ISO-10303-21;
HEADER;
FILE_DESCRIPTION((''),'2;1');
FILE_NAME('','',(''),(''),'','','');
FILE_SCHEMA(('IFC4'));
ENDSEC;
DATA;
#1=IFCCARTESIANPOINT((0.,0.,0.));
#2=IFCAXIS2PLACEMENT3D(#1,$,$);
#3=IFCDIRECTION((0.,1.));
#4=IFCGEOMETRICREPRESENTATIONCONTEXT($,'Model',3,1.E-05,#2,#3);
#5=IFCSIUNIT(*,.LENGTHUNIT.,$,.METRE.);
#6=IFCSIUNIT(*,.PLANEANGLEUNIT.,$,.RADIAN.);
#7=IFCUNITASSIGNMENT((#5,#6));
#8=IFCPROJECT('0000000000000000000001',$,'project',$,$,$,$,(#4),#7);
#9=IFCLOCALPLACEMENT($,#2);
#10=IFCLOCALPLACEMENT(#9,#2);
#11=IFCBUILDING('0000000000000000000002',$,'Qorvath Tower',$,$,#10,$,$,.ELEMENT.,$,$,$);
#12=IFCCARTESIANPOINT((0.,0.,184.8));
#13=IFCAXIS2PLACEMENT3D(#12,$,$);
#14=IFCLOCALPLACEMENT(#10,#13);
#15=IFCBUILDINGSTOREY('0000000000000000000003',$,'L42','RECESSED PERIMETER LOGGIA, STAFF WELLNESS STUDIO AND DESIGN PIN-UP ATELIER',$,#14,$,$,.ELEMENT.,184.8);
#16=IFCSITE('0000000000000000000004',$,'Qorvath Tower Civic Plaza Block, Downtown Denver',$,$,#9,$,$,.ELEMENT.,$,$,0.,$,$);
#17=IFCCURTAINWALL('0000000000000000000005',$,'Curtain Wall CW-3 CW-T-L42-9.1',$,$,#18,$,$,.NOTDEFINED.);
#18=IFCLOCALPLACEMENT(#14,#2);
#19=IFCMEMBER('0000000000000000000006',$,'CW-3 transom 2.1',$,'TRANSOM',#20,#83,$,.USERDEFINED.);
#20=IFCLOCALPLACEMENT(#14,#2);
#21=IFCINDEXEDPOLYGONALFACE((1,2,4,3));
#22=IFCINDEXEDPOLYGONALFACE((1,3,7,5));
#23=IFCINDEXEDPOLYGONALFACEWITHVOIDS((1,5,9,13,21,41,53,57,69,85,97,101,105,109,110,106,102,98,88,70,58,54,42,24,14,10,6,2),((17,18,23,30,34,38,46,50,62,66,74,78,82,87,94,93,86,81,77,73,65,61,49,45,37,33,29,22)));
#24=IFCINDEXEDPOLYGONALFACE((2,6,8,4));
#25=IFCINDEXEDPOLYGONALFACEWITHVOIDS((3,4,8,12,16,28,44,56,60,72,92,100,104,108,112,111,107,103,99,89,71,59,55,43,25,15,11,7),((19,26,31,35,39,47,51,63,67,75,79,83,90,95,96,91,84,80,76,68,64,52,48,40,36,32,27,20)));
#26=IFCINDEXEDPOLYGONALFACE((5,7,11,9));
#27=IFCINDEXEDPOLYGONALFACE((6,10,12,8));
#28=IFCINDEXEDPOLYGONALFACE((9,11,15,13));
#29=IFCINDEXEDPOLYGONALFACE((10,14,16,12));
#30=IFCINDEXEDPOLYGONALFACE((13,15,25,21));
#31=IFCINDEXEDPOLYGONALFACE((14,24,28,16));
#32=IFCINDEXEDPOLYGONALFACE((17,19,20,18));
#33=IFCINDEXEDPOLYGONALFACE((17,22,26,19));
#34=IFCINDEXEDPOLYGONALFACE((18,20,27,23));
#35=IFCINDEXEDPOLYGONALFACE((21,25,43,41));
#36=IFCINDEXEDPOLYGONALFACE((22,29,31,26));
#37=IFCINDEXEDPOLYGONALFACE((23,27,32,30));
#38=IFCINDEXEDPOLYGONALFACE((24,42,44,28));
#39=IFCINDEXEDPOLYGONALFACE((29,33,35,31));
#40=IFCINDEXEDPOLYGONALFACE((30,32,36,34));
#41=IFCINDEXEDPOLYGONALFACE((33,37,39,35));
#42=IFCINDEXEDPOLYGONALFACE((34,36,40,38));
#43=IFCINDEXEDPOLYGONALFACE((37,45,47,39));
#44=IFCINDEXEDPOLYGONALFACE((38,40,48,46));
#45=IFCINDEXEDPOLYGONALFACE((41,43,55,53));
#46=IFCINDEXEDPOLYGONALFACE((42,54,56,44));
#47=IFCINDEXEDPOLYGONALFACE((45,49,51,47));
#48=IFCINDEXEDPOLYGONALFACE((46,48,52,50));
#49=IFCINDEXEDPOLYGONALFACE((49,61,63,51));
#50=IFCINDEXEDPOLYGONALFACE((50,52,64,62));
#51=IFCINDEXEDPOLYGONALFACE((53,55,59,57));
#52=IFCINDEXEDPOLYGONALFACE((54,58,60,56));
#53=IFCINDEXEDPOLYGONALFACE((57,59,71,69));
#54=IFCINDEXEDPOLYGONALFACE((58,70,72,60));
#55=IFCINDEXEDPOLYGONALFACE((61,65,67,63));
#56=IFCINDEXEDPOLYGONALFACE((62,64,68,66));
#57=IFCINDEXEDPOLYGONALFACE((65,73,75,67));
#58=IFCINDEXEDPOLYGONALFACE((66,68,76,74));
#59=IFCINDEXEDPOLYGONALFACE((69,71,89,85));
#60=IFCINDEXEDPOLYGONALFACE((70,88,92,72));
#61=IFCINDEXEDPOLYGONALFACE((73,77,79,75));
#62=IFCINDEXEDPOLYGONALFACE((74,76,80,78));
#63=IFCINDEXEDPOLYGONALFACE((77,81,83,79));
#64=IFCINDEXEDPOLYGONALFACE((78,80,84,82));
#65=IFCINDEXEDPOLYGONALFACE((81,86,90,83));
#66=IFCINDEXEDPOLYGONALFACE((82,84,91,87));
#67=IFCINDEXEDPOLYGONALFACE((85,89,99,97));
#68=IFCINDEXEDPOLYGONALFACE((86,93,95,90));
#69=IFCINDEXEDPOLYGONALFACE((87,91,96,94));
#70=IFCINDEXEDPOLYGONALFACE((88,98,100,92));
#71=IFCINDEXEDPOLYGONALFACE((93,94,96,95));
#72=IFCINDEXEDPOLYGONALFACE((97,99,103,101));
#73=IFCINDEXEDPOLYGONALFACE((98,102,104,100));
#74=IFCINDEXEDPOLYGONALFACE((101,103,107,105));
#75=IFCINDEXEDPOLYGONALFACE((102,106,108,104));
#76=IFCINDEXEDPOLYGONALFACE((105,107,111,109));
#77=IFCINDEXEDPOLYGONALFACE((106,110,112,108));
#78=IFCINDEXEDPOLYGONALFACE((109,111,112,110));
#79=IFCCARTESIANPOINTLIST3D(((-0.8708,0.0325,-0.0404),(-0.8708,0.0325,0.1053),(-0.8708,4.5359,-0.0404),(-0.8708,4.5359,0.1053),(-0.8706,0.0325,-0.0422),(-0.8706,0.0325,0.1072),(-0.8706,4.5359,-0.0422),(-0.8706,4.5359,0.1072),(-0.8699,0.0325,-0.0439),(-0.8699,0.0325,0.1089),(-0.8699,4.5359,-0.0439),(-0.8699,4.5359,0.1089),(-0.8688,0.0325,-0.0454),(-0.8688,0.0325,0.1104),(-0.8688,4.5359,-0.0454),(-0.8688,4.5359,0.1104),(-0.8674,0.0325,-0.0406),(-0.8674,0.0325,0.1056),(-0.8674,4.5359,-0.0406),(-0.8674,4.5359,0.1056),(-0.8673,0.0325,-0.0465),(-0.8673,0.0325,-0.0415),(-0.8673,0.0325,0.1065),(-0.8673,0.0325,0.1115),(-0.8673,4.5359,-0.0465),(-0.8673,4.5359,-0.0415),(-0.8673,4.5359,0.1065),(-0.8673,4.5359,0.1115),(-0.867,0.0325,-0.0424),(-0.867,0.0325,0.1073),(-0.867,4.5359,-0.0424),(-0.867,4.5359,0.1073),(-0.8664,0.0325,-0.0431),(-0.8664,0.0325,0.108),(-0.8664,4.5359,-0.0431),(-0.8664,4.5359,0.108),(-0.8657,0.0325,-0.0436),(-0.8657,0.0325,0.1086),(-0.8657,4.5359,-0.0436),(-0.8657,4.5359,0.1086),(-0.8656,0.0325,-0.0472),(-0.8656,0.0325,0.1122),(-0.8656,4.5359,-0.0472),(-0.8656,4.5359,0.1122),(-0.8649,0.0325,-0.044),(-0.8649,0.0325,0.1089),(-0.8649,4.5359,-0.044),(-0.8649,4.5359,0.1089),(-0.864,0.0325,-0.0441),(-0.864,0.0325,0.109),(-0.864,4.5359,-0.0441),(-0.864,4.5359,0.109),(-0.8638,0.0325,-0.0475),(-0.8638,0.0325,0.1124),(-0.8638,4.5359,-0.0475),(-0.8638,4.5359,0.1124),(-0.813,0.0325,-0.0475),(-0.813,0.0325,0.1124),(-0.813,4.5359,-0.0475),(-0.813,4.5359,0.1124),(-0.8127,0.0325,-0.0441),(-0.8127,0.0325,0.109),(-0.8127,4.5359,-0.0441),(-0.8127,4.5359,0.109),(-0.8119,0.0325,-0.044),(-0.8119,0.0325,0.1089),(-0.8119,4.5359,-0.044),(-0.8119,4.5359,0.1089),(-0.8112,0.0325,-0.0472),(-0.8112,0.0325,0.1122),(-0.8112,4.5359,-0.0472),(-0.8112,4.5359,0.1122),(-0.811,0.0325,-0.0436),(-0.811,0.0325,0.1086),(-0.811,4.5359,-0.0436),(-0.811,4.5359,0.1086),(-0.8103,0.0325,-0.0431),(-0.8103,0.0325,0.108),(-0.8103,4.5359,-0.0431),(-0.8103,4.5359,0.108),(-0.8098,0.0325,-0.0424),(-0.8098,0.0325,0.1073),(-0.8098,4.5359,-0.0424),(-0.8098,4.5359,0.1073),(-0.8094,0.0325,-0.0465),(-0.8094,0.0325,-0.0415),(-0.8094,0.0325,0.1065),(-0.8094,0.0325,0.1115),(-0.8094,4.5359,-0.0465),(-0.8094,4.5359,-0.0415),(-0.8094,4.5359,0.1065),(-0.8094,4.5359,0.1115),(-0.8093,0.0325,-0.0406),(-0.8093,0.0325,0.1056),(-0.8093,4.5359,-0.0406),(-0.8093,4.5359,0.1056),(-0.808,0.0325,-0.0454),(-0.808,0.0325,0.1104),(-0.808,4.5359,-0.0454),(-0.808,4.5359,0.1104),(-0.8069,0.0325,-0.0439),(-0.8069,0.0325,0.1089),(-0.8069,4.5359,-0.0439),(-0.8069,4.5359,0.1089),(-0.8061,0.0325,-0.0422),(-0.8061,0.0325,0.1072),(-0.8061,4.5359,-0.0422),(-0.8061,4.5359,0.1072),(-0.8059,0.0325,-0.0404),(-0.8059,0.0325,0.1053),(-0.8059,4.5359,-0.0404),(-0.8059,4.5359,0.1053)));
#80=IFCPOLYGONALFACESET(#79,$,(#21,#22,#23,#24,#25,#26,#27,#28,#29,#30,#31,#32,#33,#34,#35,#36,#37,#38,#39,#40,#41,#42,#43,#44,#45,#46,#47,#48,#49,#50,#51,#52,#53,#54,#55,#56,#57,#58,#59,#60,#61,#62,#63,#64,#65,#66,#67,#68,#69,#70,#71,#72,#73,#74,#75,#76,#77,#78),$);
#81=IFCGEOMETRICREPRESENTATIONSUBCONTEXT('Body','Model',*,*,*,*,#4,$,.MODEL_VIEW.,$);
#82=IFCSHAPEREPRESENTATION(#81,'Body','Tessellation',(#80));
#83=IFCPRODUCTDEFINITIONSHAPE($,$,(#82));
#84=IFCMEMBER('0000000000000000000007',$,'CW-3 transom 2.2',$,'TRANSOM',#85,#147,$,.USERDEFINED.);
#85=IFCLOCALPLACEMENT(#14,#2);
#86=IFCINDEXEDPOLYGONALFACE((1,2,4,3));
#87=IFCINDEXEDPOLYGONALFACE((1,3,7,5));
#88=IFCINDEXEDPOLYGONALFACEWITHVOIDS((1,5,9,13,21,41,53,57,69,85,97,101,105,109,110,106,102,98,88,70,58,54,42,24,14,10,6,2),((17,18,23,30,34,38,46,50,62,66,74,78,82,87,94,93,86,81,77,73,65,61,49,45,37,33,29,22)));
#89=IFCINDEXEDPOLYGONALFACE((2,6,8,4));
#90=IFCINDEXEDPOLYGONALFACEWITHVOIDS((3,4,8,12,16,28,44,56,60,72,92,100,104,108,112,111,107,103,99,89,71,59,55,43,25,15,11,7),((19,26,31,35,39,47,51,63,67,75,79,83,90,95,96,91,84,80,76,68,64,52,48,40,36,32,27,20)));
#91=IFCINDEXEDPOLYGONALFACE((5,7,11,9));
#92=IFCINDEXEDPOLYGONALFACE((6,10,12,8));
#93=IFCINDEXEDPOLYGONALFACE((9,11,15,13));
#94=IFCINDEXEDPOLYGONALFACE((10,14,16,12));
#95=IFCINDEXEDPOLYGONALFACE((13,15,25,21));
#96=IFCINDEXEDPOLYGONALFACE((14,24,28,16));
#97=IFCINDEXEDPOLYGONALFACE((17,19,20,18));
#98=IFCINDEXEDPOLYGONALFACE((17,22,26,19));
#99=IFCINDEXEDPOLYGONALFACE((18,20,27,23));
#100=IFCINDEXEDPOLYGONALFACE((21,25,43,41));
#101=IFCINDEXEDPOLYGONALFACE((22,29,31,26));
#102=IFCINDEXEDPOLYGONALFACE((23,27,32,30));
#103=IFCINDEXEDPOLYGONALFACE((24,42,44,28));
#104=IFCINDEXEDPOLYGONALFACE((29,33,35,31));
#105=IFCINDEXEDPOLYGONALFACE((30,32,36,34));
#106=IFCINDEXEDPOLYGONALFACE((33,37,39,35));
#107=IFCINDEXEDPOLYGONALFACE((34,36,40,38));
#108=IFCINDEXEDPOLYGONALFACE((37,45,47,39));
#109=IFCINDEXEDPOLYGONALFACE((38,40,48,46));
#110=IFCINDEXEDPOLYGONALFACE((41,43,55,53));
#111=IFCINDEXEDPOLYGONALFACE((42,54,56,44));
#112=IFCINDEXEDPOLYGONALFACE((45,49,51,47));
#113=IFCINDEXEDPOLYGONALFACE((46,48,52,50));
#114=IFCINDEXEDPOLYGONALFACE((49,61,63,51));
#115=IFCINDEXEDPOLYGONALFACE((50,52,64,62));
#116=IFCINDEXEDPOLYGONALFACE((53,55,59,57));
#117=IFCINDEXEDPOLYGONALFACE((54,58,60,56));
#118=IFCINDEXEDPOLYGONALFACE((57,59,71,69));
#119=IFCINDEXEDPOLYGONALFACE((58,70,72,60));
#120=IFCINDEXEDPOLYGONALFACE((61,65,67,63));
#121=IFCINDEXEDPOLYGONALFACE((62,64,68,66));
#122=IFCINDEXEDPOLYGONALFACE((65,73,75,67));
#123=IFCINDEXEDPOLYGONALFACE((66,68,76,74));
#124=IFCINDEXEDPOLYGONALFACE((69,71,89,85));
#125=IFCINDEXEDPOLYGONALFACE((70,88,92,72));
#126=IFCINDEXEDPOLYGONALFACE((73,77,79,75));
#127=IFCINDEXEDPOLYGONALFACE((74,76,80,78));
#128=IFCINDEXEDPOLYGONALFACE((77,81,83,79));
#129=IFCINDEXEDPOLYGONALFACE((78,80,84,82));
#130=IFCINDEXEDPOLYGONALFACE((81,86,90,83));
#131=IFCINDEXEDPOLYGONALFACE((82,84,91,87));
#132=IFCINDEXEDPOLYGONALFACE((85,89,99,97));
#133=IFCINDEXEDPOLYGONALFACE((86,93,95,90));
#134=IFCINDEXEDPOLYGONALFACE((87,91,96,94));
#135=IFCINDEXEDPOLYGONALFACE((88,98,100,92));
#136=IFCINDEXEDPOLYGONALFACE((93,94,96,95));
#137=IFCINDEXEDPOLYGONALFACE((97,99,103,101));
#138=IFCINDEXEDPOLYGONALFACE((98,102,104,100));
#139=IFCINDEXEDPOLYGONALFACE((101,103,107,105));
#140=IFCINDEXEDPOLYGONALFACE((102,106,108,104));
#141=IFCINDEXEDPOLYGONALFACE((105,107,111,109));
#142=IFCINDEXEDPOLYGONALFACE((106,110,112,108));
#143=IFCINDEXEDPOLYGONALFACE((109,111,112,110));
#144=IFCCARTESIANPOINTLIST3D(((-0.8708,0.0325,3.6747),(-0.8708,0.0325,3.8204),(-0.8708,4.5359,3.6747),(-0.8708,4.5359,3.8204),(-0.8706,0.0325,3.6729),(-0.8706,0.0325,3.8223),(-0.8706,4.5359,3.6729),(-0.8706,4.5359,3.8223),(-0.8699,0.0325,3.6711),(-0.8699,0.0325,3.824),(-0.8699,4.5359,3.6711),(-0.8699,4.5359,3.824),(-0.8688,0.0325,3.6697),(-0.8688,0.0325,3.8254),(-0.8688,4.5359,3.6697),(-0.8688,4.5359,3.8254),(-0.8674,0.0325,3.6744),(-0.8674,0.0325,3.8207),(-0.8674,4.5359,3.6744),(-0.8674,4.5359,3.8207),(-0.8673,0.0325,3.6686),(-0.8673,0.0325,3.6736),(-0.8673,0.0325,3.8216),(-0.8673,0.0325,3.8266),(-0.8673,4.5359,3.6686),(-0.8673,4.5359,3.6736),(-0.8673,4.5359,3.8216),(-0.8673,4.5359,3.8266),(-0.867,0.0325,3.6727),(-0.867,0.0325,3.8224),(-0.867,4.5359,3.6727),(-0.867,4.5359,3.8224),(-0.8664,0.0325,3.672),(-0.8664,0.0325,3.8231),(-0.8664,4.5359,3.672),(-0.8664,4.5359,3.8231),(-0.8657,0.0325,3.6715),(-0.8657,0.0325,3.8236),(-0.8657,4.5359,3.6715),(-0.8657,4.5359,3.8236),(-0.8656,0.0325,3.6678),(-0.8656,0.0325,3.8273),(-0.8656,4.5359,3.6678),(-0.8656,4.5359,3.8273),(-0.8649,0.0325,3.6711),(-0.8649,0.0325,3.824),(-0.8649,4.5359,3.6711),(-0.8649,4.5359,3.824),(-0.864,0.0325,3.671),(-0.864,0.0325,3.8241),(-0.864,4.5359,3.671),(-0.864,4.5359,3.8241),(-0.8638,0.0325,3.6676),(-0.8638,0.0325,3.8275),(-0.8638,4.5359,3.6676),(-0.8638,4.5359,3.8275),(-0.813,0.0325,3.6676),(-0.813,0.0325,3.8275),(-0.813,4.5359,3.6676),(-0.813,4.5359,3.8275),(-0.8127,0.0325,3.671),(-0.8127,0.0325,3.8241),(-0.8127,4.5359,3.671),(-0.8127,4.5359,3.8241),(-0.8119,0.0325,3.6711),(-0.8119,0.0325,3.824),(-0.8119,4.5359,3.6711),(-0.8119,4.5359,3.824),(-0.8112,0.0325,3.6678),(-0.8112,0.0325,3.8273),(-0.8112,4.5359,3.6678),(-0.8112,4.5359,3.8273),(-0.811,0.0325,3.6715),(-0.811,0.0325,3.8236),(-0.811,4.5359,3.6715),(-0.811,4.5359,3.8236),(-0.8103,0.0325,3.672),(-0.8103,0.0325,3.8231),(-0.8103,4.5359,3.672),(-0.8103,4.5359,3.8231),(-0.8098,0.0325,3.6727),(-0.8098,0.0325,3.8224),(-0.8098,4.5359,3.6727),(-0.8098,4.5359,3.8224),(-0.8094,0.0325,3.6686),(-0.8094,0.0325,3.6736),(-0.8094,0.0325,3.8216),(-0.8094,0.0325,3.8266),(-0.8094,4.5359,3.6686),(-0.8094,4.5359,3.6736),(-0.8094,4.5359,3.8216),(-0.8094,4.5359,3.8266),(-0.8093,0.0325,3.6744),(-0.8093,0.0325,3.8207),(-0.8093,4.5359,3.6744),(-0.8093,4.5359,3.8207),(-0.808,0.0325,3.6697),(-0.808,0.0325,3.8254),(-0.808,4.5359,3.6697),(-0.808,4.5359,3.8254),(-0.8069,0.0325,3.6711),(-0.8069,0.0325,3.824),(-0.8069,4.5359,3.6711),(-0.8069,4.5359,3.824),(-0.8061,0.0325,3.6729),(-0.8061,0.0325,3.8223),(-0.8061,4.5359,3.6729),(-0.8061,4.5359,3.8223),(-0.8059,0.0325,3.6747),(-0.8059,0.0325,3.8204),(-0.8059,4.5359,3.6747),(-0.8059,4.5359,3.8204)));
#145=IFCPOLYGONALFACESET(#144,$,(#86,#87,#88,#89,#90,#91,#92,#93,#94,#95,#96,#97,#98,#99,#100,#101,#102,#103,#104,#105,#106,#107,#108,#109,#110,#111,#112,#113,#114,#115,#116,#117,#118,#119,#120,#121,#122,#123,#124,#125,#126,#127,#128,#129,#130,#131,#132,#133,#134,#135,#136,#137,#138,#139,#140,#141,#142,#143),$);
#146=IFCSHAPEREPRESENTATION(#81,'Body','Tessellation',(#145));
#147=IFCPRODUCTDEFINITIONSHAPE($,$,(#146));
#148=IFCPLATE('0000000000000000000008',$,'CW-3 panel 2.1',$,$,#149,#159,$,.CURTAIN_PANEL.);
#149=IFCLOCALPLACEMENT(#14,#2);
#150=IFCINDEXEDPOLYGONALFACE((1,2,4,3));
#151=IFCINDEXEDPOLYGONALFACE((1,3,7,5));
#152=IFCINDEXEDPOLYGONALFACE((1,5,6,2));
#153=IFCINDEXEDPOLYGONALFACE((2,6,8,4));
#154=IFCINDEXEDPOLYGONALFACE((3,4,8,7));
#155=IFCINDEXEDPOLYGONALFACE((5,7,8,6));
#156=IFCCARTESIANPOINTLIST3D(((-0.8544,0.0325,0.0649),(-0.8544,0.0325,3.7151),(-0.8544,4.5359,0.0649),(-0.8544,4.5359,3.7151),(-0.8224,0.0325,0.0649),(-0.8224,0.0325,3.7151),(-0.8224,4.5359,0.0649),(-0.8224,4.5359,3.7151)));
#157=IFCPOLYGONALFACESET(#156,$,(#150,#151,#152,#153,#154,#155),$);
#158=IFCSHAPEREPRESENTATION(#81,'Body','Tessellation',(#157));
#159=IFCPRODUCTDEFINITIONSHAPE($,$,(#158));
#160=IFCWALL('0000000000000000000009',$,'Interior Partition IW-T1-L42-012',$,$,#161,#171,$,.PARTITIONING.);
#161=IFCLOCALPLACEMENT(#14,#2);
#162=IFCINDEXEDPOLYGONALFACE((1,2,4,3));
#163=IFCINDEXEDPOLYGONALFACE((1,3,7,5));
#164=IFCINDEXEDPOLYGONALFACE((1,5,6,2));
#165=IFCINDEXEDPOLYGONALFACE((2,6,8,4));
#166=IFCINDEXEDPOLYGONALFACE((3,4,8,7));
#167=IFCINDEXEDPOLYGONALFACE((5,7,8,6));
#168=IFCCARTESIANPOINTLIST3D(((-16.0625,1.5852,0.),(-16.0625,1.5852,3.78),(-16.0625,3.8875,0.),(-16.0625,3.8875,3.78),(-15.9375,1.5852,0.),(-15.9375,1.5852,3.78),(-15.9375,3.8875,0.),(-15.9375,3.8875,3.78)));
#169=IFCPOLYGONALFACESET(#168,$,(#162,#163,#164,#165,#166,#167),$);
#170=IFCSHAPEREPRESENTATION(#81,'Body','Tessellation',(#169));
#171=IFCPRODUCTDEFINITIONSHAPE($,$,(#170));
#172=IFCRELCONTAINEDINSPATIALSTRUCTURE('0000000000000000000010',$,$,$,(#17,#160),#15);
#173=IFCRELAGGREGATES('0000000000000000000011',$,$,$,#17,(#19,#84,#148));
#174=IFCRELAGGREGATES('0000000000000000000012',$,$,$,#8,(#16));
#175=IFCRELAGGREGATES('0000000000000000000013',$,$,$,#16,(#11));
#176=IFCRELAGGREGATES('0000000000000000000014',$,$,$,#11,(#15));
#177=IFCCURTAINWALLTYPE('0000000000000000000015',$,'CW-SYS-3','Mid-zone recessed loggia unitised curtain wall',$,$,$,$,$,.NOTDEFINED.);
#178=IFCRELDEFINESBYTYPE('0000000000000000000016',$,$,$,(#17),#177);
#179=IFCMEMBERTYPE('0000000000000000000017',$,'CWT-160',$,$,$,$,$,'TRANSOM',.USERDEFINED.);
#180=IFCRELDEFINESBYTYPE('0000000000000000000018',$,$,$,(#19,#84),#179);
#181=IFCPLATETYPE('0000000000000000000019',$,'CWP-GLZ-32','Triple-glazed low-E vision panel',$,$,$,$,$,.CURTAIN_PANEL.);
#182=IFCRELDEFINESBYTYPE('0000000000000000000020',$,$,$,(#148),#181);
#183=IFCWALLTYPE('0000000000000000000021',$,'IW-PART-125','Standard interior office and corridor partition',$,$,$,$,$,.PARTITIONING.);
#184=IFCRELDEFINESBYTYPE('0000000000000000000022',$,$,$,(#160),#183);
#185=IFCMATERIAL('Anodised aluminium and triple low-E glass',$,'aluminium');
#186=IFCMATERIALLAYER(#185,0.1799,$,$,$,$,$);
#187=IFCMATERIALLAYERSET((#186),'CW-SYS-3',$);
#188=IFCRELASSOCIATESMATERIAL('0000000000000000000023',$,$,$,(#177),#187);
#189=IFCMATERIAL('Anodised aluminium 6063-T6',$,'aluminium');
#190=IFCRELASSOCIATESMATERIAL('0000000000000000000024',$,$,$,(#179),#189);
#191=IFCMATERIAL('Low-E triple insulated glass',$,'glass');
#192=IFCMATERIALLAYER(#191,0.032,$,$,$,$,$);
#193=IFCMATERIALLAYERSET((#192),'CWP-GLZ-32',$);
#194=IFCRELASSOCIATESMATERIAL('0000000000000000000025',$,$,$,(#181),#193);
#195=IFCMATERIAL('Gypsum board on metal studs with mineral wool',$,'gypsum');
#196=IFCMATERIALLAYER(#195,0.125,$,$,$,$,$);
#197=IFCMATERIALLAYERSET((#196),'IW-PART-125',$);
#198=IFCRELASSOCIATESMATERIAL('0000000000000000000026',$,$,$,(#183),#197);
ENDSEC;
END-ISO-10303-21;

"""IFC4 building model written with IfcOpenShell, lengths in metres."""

from ifc_helpers import new_model, si_unit, direction, frame, frame_2d, origin, origin_2d, place, context, subcontext, project, spatial, rectangle, hollow_rectangle, extrude, material, layer, layer_set, material_profile, profile_set, type_object, element, aggregate, save


model = new_model("IFC4")

# Units and contexts
model_context = context("Model", 3, precision=1e-05, world=origin(), true_north=direction((0.0, 1.0)))
body_context = subcontext(model_context, "Body", "Model", "MODEL_VIEW")
ifc_project = project(units=[si_unit("LENGTHUNIT", "METRE"), si_unit("PLANEANGLEUNIT", "RADIAN")], contexts=[model_context])

# Site, building, storey
site_placement = place(None, origin())
site = spatial("IfcSite", under=ifc_project, at=site_placement, Name="Qorvath Tower Civic Plaza Block, Downtown Denver", CompositionType="ELEMENT", RefElevation=0.0)
building_placement = place(site_placement, origin())
building = spatial("IfcBuilding", under=site, at=building_placement, Name="Qorvath Tower", CompositionType="ELEMENT")
storey_placement = place(building_placement, frame((0.0, 0.0, 184.8)))
storey = spatial("IfcBuildingStorey", under=building, at=storey_placement, Name="L42", Description="RECESSED PERIMETER LOGGIA, STAFF WELLNESS STUDIO AND DESIGN PIN-UP ATELIER", CompositionType="ELEMENT", Elevation=184.8)

# Curtain wall, members, plate
ifc_material_1 = material(Name="Anodised aluminium and triple low-E glass", Category="aluminium")
ifc_layer_1 = layer(ifc_material_1, 0.1799)
ifc_layer_set_1 = layer_set([ifc_layer_1], Name="CW-SYS-3")
curtain_wall_type = type_object("IfcCurtainWallType", Name="CW-SYS-3", Description="Mid-zone recessed loggia unitised curtain wall", PredefinedType="NOTDEFINED", material=ifc_layer_set_1)
curtain_wall_placement = place(storey_placement, origin())
curtain_wall = element("IfcCurtainWall", 1, at=curtain_wall_placement, inside=storey, type_object=curtain_wall_type, Name="Curtain Wall CW-3 CW-T-L42-9.1", PredefinedType="NOTDEFINED")
ifc_material_2 = material(Name="Anodised aluminium 6063-T6", Category="aluminium")
ifc_material_profile = material_profile(ifc_material_2, hollow_rectangle(XDim=0.0649, YDim=0.1599, WallThickness=0.0034, InnerFilletRadius=0.0034, OuterFilletRadius=0.0071, at=origin_2d()), Name="CWT 160x65")
ifc_profile_set = profile_set([ifc_material_profile], Name="Anodised aluminium 6063-T6")
member_type = type_object("IfcMemberType", Name="CWT-160", ElementType="TRANSOM", PredefinedType="USERDEFINED", material=ifc_profile_set)
member_1_placement = place(storey_placement, frame((-0.8384, 0.0325, 0.0325), z_axis=(0.0, 1.0, 0.0), x_axis=(-1.0, 0.0, 0.0)))
member_1 = element("IfcMember", 2, at=member_1_placement, type_object=member_type, Name="CW-3 transom 2.1", ObjectType="TRANSOM", PredefinedType="USERDEFINED", context=body_context, shape_type="SweptSolid", body=[
    extrude(hollow_rectangle(XDim=0.0649, YDim=0.1599, WallThickness=0.0034, InnerFilletRadius=0.0034, OuterFilletRadius=0.0071, at=origin_2d()), origin(), (0.0, 0.0, 1.0), 4.5034),
])
member_2_placement = place(storey_placement, frame((-0.8384, 0.0325, 3.7476), z_axis=(0.0, 1.0, 0.0), x_axis=(-1.0, 0.0, 0.0)))
member_2 = element("IfcMember", 3, at=member_2_placement, type_object=member_type, Name="CW-3 transom 2.2", ObjectType="TRANSOM", PredefinedType="USERDEFINED", context=body_context, shape_type="SweptSolid", body=[
    extrude(hollow_rectangle(XDim=0.0649, YDim=0.1599, WallThickness=0.0034, InnerFilletRadius=0.0034, OuterFilletRadius=0.0071, at=origin_2d()), origin(), (0.0, 0.0, 1.0), 4.5034),
])
ifc_material_3 = material(Name="Low-E triple insulated glass", Category="glass")
ifc_layer_2 = layer(ifc_material_3, 0.032)
ifc_layer_set_2 = layer_set([ifc_layer_2], Name="CWP-GLZ-32")
plate_type = type_object("IfcPlateType", Name="CWP-GLZ-32", Description="Triple-glazed low-E vision panel", PredefinedType="CURTAIN_PANEL", material=ifc_layer_set_2)
plate_placement = place(storey_placement, frame((-0.8384, 2.2842, 0.0649), z_axis=(0.0, 0.0, 1.0), x_axis=(0.0, 1.0, 0.0)))
plate = element("IfcPlate", 4, at=plate_placement, type_object=plate_type, Name="CW-3 panel 2.1", PredefinedType="CURTAIN_PANEL", context=body_context, shape_type="SweptSolid", body=[
    extrude(rectangle(XDim=4.5034, YDim=0.032, at=origin_2d()), origin(), (0.0, 0.0, 1.0), 3.6501),
])
aggregate(curtain_wall, [member_1, member_2, plate])

# Shared definitions
ifc_material_4 = material(Name="Gypsum board on metal studs with mineral wool", Category="gypsum")
ifc_layer_3 = layer(ifc_material_4, 0.125)
ifc_layer_set_3 = layer_set([ifc_layer_3], Name="IW-PART-125")
wall_type_1 = type_object("IfcWallType", Name="IW-PART-125", Description="Standard interior office and corridor partition", PredefinedType="PARTITIONING", material=ifc_layer_set_3)

# Wall
wall_1_placement = place(storey_placement, frame((-16.0, 1.5852, 0.0), z_axis=(0.0, 0.0, 1.0), x_axis=(0.0, 1.0, 0.0)))
element("IfcWall", 5, at=wall_1_placement, inside=storey, type_object=wall_type_1, Name="Interior Partition IW-T1-L42-012", PredefinedType="PARTITIONING", context=body_context, shape_type="SweptSolid", body=[
    extrude(rectangle(XDim=2.3022, YDim=0.125, at=frame_2d((1.1511, 0.0))), origin(), (0.0, 0.0, 1.0), 3.78),
])

save(model, "model.ifc")
